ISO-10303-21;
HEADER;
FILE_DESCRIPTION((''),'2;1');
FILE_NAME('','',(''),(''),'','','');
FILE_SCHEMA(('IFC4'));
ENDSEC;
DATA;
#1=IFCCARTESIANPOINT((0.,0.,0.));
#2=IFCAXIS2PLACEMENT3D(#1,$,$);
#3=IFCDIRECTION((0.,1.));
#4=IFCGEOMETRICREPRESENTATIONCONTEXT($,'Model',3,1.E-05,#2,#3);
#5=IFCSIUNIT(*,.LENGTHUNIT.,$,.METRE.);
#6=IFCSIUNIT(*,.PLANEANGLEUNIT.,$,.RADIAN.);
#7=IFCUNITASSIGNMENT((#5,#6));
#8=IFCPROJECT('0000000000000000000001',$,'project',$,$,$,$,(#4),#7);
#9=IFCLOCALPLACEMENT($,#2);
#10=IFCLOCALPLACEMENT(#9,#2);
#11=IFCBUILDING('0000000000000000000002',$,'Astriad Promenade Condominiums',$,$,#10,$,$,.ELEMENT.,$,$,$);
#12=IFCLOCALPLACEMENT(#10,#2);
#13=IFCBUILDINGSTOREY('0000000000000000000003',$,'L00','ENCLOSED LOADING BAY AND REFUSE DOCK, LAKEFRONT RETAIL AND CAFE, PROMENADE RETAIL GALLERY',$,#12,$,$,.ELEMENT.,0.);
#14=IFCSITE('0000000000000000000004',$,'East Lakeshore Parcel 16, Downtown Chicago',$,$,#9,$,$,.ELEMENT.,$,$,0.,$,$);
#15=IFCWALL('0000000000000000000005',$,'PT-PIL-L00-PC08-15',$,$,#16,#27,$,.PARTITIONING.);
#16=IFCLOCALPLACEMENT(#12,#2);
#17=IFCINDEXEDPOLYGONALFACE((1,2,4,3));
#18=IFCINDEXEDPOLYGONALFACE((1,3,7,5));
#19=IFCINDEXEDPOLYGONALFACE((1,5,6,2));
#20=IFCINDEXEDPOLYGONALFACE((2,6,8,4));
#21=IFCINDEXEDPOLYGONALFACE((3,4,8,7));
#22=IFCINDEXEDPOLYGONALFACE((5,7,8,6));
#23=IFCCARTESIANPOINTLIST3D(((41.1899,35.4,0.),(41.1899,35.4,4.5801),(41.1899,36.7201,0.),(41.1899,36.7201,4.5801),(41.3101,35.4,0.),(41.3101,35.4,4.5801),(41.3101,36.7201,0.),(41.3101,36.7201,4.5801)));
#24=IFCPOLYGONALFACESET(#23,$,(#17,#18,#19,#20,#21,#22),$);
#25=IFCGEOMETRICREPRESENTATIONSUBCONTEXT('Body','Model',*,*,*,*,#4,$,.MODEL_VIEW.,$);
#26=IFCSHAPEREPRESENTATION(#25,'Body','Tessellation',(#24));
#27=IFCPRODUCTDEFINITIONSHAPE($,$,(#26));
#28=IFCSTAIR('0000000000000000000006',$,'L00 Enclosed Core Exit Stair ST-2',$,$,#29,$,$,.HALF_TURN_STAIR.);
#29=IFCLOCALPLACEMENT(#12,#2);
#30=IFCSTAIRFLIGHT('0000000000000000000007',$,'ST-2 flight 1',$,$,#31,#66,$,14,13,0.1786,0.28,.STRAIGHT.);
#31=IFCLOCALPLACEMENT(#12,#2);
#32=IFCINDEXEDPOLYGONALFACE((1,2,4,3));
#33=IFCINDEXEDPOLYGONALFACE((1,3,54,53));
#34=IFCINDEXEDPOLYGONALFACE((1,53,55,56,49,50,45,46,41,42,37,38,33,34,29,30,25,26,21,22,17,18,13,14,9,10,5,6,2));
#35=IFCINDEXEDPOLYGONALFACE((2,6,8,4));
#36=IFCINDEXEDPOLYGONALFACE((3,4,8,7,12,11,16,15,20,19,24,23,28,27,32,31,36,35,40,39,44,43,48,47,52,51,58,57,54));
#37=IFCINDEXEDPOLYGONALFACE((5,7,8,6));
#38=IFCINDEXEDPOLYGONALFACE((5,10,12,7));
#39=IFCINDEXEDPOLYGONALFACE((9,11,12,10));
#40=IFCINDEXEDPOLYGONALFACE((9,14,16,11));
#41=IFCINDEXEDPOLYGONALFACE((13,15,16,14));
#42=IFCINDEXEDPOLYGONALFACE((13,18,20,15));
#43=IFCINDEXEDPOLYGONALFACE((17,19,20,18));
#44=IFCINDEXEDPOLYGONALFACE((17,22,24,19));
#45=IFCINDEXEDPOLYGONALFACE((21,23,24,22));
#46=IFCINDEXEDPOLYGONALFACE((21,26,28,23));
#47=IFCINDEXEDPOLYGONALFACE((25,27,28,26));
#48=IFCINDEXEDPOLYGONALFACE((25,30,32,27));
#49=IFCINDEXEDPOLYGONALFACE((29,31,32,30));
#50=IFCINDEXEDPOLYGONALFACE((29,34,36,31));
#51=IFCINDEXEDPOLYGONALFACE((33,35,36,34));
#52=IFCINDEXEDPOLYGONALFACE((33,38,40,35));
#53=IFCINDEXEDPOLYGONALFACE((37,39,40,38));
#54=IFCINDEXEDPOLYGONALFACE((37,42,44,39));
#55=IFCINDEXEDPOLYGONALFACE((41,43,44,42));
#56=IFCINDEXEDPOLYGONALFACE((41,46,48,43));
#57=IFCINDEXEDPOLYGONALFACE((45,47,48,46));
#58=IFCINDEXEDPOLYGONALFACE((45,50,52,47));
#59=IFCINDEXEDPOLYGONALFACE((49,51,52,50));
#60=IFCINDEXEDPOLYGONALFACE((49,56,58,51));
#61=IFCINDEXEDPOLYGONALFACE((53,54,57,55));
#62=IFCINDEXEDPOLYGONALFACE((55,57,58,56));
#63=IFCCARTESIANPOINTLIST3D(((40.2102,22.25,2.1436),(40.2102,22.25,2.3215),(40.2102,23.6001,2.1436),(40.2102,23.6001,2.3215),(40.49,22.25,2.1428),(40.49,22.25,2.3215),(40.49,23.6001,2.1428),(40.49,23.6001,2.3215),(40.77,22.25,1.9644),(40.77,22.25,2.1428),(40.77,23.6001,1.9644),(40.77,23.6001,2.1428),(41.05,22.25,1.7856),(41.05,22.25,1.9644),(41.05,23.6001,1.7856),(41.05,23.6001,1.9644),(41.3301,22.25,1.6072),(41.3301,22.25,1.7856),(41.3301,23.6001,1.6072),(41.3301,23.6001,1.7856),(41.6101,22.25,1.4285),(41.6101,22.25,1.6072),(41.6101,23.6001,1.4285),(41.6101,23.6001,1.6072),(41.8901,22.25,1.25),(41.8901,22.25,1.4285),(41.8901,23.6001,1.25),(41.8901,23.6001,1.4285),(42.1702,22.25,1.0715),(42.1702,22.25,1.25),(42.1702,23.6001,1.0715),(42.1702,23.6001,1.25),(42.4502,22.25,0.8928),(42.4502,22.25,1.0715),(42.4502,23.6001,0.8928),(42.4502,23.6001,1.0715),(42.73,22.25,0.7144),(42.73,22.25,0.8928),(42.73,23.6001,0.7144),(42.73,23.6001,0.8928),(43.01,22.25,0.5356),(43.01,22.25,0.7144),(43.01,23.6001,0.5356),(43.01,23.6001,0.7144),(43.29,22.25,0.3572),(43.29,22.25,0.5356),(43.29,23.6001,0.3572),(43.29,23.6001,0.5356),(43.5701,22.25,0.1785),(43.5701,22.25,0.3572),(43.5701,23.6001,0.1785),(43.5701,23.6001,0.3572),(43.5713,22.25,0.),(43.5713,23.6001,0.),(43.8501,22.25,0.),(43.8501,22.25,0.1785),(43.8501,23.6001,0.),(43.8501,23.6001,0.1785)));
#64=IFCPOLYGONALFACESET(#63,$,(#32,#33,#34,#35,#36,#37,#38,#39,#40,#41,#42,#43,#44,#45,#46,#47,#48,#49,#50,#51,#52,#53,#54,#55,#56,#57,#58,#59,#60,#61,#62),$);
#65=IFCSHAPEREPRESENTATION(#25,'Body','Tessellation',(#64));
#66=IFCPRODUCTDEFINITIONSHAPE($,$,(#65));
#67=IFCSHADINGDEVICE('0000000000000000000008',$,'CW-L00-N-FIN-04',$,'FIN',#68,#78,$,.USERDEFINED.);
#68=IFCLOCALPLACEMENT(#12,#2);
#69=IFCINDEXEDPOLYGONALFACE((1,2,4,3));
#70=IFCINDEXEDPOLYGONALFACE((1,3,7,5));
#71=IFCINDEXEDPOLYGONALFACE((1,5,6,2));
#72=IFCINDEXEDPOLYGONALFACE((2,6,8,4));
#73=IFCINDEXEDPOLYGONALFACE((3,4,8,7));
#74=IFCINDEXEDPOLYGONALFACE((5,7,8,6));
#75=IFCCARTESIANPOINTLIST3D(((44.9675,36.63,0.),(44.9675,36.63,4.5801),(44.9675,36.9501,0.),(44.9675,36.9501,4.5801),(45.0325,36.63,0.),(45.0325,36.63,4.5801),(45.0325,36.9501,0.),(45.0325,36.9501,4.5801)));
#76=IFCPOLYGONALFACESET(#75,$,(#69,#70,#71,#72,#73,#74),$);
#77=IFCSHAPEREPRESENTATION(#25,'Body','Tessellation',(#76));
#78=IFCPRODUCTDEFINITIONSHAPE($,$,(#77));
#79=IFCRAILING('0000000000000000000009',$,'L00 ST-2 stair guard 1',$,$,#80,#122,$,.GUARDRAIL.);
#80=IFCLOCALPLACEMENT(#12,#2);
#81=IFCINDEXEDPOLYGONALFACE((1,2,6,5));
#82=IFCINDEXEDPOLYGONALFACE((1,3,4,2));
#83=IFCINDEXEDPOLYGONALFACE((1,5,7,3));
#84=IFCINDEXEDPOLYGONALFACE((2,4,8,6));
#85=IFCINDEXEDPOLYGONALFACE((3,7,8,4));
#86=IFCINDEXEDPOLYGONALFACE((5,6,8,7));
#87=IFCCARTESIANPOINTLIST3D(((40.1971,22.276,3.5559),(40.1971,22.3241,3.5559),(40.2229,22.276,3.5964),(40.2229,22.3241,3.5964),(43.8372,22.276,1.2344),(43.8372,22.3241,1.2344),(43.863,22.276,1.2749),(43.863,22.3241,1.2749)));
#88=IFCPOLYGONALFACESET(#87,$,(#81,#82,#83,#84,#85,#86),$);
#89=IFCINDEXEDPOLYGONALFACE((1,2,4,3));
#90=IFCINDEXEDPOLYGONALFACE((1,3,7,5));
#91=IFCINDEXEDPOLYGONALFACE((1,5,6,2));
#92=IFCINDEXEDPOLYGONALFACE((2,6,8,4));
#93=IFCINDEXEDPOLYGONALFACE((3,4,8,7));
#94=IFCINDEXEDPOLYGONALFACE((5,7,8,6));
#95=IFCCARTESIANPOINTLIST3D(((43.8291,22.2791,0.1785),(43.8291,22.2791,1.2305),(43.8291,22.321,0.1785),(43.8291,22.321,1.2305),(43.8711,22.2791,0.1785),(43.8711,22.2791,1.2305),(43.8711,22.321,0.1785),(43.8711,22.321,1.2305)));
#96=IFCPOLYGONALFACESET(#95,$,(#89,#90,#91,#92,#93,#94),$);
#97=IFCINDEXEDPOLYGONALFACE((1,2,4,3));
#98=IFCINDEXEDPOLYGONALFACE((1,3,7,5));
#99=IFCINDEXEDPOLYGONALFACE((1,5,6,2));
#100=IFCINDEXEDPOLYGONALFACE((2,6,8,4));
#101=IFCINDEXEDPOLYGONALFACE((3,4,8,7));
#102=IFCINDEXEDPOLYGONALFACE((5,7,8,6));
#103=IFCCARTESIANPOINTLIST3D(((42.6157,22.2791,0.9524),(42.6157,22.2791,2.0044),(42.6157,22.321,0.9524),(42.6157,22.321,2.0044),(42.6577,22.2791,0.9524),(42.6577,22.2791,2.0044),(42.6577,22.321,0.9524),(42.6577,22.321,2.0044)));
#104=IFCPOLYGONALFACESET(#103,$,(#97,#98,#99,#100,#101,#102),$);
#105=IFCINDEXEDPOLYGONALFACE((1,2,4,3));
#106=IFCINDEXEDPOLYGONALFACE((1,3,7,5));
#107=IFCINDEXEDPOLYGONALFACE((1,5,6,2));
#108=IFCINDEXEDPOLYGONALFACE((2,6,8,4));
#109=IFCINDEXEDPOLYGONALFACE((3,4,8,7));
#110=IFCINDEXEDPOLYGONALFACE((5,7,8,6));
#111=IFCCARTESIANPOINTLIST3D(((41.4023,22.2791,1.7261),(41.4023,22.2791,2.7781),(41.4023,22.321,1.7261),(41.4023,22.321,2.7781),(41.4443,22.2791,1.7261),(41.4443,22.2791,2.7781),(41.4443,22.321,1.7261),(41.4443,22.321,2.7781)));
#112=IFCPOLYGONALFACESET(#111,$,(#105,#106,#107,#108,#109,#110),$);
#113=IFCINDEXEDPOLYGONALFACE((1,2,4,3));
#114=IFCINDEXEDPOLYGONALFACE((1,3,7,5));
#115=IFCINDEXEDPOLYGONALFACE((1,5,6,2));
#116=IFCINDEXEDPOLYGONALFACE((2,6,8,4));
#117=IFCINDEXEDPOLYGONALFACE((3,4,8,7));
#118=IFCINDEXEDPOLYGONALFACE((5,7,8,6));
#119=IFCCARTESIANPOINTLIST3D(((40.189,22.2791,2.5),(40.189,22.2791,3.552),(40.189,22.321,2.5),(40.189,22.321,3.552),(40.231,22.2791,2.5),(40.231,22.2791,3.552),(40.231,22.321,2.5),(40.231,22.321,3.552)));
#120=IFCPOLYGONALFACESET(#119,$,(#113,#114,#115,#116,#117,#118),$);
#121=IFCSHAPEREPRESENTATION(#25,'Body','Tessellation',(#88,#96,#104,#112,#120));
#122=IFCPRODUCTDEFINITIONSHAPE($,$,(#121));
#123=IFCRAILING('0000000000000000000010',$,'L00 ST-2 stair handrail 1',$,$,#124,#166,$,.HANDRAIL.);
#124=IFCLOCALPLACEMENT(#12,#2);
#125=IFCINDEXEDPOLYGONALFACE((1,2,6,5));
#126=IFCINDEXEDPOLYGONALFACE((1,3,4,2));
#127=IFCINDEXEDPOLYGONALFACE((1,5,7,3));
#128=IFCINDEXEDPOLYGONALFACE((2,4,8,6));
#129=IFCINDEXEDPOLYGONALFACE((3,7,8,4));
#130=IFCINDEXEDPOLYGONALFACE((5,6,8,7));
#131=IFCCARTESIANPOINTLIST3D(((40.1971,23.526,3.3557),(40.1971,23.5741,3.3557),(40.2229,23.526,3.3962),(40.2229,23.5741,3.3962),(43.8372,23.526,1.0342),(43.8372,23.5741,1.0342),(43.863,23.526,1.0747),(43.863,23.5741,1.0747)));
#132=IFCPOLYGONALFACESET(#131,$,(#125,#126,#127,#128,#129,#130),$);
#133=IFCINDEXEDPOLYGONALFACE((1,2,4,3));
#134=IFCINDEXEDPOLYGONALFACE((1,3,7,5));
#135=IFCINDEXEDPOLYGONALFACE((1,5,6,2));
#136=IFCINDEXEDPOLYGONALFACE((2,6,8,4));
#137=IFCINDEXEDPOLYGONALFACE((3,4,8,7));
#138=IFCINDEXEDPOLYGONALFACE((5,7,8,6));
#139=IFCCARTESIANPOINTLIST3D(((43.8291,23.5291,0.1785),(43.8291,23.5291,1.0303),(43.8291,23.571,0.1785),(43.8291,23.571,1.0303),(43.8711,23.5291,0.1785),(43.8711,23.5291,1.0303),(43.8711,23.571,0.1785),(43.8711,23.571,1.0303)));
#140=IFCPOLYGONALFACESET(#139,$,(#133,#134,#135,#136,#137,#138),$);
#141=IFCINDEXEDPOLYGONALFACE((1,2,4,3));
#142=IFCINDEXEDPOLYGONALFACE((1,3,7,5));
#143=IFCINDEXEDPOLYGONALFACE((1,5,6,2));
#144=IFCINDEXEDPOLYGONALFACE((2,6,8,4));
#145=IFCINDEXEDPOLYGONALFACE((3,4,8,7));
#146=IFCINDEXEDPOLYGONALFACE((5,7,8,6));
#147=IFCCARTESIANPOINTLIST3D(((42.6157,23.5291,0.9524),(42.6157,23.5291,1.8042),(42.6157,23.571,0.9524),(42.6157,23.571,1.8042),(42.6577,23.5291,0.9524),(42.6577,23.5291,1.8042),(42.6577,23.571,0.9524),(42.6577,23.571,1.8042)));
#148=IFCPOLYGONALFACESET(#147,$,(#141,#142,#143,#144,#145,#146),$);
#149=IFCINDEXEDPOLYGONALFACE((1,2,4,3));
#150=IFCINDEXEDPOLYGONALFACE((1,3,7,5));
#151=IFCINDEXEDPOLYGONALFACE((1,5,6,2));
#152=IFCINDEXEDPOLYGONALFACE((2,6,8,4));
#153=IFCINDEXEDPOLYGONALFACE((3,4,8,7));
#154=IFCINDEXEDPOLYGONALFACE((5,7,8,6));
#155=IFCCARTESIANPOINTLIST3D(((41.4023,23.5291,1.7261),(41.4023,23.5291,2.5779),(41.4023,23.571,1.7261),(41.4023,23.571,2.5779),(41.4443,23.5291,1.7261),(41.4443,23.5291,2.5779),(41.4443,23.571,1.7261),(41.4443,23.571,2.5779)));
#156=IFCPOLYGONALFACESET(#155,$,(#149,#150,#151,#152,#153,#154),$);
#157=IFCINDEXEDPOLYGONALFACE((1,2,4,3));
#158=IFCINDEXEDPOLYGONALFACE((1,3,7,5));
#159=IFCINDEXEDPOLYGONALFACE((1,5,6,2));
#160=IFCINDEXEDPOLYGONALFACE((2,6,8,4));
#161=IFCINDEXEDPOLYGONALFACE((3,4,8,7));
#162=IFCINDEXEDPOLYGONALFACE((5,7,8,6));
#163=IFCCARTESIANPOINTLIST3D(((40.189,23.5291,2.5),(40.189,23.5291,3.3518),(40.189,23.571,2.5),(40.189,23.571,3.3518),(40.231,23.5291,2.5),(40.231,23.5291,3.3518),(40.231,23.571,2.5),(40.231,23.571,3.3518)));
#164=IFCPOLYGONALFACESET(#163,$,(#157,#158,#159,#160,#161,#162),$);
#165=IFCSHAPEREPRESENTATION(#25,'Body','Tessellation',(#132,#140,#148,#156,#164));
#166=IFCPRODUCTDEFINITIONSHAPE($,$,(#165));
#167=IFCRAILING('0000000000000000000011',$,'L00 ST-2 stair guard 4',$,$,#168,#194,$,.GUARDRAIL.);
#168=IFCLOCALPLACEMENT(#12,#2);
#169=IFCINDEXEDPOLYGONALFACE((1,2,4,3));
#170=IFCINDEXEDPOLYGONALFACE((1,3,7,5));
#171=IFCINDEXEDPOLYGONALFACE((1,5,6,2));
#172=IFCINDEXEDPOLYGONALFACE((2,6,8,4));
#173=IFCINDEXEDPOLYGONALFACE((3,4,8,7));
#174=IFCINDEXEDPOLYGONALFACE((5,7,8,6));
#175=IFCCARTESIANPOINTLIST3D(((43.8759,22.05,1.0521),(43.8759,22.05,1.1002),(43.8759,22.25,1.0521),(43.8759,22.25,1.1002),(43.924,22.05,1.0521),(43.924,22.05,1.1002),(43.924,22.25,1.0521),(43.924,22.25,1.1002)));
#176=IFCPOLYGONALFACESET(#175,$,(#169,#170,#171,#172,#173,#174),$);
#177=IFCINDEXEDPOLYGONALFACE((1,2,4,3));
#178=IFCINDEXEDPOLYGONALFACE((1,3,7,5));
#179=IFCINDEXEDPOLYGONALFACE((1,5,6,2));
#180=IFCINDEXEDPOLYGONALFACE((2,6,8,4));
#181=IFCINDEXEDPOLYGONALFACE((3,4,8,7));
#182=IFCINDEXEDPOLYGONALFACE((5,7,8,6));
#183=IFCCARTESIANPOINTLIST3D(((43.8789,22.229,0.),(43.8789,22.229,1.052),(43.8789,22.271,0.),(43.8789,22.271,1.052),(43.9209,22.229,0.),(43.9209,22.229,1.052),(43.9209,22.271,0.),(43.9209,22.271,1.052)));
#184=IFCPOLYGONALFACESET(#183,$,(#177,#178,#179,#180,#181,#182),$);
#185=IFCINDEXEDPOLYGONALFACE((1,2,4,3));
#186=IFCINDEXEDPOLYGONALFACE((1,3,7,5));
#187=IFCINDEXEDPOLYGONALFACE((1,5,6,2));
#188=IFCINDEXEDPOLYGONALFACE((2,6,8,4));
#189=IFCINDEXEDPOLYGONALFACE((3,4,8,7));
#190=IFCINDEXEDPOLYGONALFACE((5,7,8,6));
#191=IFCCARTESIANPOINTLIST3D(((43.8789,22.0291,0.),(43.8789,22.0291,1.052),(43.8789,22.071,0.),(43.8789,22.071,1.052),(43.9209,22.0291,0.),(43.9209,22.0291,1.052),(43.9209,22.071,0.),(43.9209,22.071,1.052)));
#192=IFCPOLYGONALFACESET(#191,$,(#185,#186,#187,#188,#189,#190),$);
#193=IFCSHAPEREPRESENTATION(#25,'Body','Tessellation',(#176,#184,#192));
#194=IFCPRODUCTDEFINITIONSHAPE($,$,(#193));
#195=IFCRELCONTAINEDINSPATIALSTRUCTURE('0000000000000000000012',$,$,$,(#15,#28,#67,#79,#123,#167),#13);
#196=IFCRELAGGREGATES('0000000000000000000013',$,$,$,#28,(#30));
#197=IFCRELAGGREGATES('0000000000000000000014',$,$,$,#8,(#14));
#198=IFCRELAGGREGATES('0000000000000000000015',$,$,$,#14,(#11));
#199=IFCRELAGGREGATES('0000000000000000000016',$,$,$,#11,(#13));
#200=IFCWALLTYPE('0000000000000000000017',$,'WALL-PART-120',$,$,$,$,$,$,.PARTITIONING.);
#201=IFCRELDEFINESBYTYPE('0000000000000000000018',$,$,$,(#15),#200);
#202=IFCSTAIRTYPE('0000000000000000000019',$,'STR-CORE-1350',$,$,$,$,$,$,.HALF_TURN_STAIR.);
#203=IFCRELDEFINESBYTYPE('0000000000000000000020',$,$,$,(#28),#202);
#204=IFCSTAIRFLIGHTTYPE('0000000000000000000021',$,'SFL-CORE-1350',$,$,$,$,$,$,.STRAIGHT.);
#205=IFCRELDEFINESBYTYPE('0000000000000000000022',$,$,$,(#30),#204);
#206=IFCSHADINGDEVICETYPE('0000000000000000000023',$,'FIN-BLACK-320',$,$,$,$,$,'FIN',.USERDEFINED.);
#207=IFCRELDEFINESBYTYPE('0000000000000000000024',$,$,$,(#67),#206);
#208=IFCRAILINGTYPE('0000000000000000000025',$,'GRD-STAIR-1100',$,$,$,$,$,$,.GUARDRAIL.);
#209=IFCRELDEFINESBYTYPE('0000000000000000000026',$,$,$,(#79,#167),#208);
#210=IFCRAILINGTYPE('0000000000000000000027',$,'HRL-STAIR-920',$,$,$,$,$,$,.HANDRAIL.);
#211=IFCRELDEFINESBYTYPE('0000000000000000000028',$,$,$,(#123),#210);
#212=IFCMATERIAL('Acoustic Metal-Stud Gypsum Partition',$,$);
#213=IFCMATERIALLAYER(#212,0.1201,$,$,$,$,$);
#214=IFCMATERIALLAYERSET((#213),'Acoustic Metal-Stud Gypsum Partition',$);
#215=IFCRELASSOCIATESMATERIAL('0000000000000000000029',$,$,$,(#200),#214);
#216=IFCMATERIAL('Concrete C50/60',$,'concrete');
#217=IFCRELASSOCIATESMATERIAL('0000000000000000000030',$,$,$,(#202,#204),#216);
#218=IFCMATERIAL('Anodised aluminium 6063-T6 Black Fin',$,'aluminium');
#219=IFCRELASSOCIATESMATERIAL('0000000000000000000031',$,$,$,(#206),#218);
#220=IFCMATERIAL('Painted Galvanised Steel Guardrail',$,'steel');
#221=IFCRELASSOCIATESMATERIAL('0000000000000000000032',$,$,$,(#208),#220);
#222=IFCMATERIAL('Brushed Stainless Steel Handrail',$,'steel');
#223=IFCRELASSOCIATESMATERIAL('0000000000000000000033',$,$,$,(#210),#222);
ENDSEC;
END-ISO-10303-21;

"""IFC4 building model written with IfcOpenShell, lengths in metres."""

from ifc_helpers import new_model, si_unit, direction, frame, frame_2d, origin, origin_2d, place, context, subcontext, project, spatial, polyline, rectangle, outline, extrude, source, transform, mapped, material, layer, layer_set, type_object, type_shapes, element, aggregate, save


model = new_model("IFC4")

# Units and contexts
model_context = context("Model", 3, precision=1e-05, world=origin(), true_north=direction((0.0, 1.0)))
body_context = subcontext(model_context, "Body", "Model", "MODEL_VIEW")
ifc_project = project(units=[si_unit("LENGTHUNIT", "METRE"), si_unit("PLANEANGLEUNIT", "RADIAN")], contexts=[model_context])

# Site, building, storey
site_placement = place(None, origin())
site = spatial("IfcSite", under=ifc_project, at=site_placement, Name="East Lakeshore Parcel 16, Downtown Chicago", CompositionType="ELEMENT", RefElevation=0.0)
building_placement = place(site_placement, origin())
building = spatial("IfcBuilding", under=site, at=building_placement, Name="Astriad Promenade Condominiums", CompositionType="ELEMENT")
storey_placement = place(building_placement, origin())
storey = spatial("IfcBuildingStorey", under=building, at=storey_placement, Name="L00", Description="ENCLOSED LOADING BAY AND REFUSE DOCK, LAKEFRONT RETAIL AND CAFE, PROMENADE RETAIL GALLERY", CompositionType="ELEMENT", Elevation=0.0)

# Wall
ifc_material_1 = material(Name="Acoustic Metal-Stud Gypsum Partition")
ifc_layer_1 = layer(ifc_material_1, 0.1201)
ifc_layer_set_1 = layer_set([ifc_layer_1], Name="Acoustic Metal-Stud Gypsum Partition")
wall_type = type_object("IfcWallType", Name="WALL-PART-120", PredefinedType="PARTITIONING", material=ifc_layer_set_1)
wall_placement = place(storey_placement, frame((41.25, 35.3999, 0.0), z_axis=(0.0, 0.0, 1.0), x_axis=(0.0, 1.0, 0.0)))
element("IfcWall", 1, at=wall_placement, inside=storey, type_object=wall_type, Name="PT-PIL-L00-PC08-15", PredefinedType="PARTITIONING", context=body_context, shape_type="SweptSolid", body=[
    extrude(rectangle(XDim=1.3201, YDim=0.1201, at=frame_2d((0.6602, 0.0))), origin(), (0.0, 0.0, 1.0), 4.5801),
])

# Stair, stair flight
ifc_material_2 = material(Name="Concrete C50/60", Category="concrete")
stair_type = type_object("IfcStairType", Name="STR-CORE-1350", PredefinedType="HALF_TURN_STAIR", material=ifc_material_2)
stair_placement = place(storey_placement, origin())
stair = element("IfcStair", 2, at=stair_placement, inside=storey, type_object=stair_type, Name="L00 Enclosed Core Exit Stair ST-2", PredefinedType="HALF_TURN_STAIR")
stair_flight_type = type_object("IfcStairFlightType", Name="SFL-CORE-1350", PredefinedType="STRAIGHT", material=ifc_material_2)
shared_shape_1 = source(origin(), body_context, "Body", "SweptSolid", [
    extrude(outline(polyline([(0.0, 0.0), (0.0, 0.1785), (0.28, 0.1785), (0.28, 0.3572), (0.5601, 0.3572), (0.5601, 0.5356), (0.8401, 0.5356), (0.8401, 0.7144), (1.1201, 0.7144), (1.1201, 0.8928), (1.3999, 0.8928), (1.3999, 1.0715), (1.6799, 1.0715), (1.6799, 1.25), (1.96, 1.25), (1.96, 1.4285), (2.24, 1.4285), (2.24, 1.6072), (2.52, 1.6072), (2.52, 1.7856), (2.8, 1.7856), (2.8, 1.9644), (3.0801, 1.9644), (3.0801, 2.1428), (3.3601, 2.1428), (3.3601, 2.3215), (3.6399, 2.3215), (3.6399, 2.5), (3.6399, 2.1436), (0.2788, 0.0), (0.0, 0.0)])), frame((0.0, 0.675, 0.0), z_axis=(0.0, -1.0, 0.0), x_axis=(1.0, 0.0, 0.0)), (0.0, 0.0, 1.0), 1.3501),
])
type_shapes(stair_flight_type, [shared_shape_1])
stair_flight_placement = place(storey_placement, frame((43.8501, 22.925, 0.0), z_axis=(0.0, 0.0, 1.0), x_axis=(-1.0, 0.0, 0.0)))
stair_flight = element("IfcStairFlight", 3, at=stair_flight_placement, type_object=stair_flight_type, Name="ST-2 flight 1", NumberOfRisers=14, NumberOfTreads=13, PredefinedType="STRAIGHT", RiserHeight=0.1786, TreadLength=0.28, context=body_context, shape_type="MappedRepresentation", body=[
    mapped(shared_shape_1, transform((0.0, 0.0, 0.0), scale=1.0)),
])
aggregate(stair, [stair_flight])

# Shading device
ifc_material_3 = material(Name="Anodised aluminium 6063-T6 Black Fin", Category="aluminium")
shading_device_type = type_object("IfcShadingDeviceType", Name="FIN-BLACK-320", ElementType="FIN", PredefinedType="USERDEFINED", material=ifc_material_3)
shared_shape_2 = source(origin(), body_context, "Body", "SweptSolid", [
    extrude(rectangle(XDim=0.0649, YDim=0.3201, at=origin_2d()), origin(), (0.0, 0.0, 1.0), 4.5801),
])
type_shapes(shading_device_type, [shared_shape_2])
shading_device_placement = place(storey_placement, frame((45.0, 36.79, 0.0), z_axis=(0.0, 0.0, 1.0), x_axis=(1.0, 0.0, 0.0)))
element("IfcShadingDevice", 4, at=shading_device_placement, inside=storey, type_object=shading_device_type, Name="CW-L00-N-FIN-04", ObjectType="FIN", PredefinedType="USERDEFINED", context=body_context, shape_type="MappedRepresentation", body=[
    mapped(shared_shape_2, transform((0.0, 0.0, 0.0), scale=1.0)),
])

# Railings
ifc_material_4 = material(Name="Painted Galvanised Steel Guardrail", Category="steel")
railing_type_1 = type_object("IfcRailingType", Name="GRD-STAIR-1100", PredefinedType="GUARDRAIL", material=ifc_material_4)
shared_shape_3 = source(origin(), body_context, "Body", "SweptSolid", [
    extrude(rectangle(XDim=0.0481, YDim=0.0481, at=origin_2d()), frame((0.0, 0.0, 1.0762), z_axis=(-0.843128, 0.0, 0.537713), x_axis=(0.0, -1.0, 0.0)), (0.0, 0.0, 1.0), 4.3174),
    extrude(rectangle(XDim=0.042, YDim=0.042, at=origin_2d()), origin(), (0.0, 0.0, 1.0), 1.052),
    extrude(rectangle(XDim=0.042, YDim=0.042, at=origin_2d()), frame((-1.2134, 0.0, 0.7739)), (0.0, 0.0, 1.0), 1.052),
    extrude(rectangle(XDim=0.042, YDim=0.042, at=origin_2d()), frame((-2.4268, 0.0, 1.5476)), (0.0, 0.0, 1.0), 1.052),
    extrude(rectangle(XDim=0.042, YDim=0.042, at=origin_2d()), frame((-3.6401, 0.0, 2.3215)), (0.0, 0.0, 1.0), 1.052),
])
railing_1_placement = place(storey_placement, frame((43.8501, 22.3, 0.1785)))
element("IfcRailing", 5, at=railing_1_placement, inside=storey, type_object=railing_type_1, Name="L00 ST-2 stair guard 1", PredefinedType="GUARDRAIL", context=body_context, shape_type="MappedRepresentation", body=[
    mapped(shared_shape_3, transform((0.0, 0.0, 0.0), scale=1.0)),
])
ifc_material_5 = material(Name="Brushed Stainless Steel Handrail", Category="steel")
railing_type_2 = type_object("IfcRailingType", Name="HRL-STAIR-920", PredefinedType="HANDRAIL", material=ifc_material_5)
shared_shape_4 = source(origin(), body_context, "Body", "SweptSolid", [
    extrude(rectangle(XDim=0.0481, YDim=0.0481, at=origin_2d()), frame((0.0, 0.0, 0.876), z_axis=(-0.843128, 0.0, 0.537713), x_axis=(0.0, -1.0, 0.0)), (0.0, 0.0, 1.0), 4.3174),
    extrude(rectangle(XDim=0.042, YDim=0.042, at=origin_2d()), origin(), (0.0, 0.0, 1.0), 0.8518),
    extrude(rectangle(XDim=0.042, YDim=0.042, at=origin_2d()), frame((-1.2134, 0.0, 0.7739)), (0.0, 0.0, 1.0), 0.8518),
    extrude(rectangle(XDim=0.042, YDim=0.042, at=origin_2d()), frame((-2.4268, 0.0, 1.5476)), (0.0, 0.0, 1.0), 0.8518),
    extrude(rectangle(XDim=0.042, YDim=0.042, at=origin_2d()), frame((-3.6401, 0.0, 2.3215)), (0.0, 0.0, 1.0), 0.8518),
])
type_shapes(railing_type_2, [shared_shape_4])
railing_2_placement = place(storey_placement, frame((43.8501, 23.55, 0.1785)))
element("IfcRailing", 6, at=railing_2_placement, inside=storey, type_object=railing_type_2, Name="L00 ST-2 stair handrail 1", PredefinedType="HANDRAIL", context=body_context, shape_type="MappedRepresentation", body=[
    mapped(shared_shape_4, transform((0.0, 0.0, 0.0), scale=1.0)),
])
shared_shape_5 = source(origin(), body_context, "Body", "SweptSolid", [
    extrude(rectangle(XDim=0.0481, YDim=0.0481, at=origin_2d()), frame((0.0, 0.0, 1.0762), z_axis=(0.0, -1.0, 0.0), x_axis=(1.0, 0.0, 0.0)), (0.0, 0.0, 1.0), 0.2),
    extrude(rectangle(XDim=0.042, YDim=0.042, at=origin_2d()), origin(), (0.0, 0.0, 1.0), 1.052),
    extrude(rectangle(XDim=0.042, YDim=0.042, at=origin_2d()), frame((0.0, -0.2, 0.0)), (0.0, 0.0, 1.0), 1.052),
])
type_shapes(railing_type_1, [shared_shape_3, shared_shape_5])
railing_3_placement = place(storey_placement, frame((43.8999, 22.25, 0.0)))
element("IfcRailing", 7, at=railing_3_placement, inside=storey, type_object=railing_type_1, Name="L00 ST-2 stair guard 4", PredefinedType="GUARDRAIL", context=body_context, shape_type="MappedRepresentation", body=[
    mapped(shared_shape_5, transform((0.0, 0.0, 0.0), scale=1.0)),
])

save(model, "model.ifc")
